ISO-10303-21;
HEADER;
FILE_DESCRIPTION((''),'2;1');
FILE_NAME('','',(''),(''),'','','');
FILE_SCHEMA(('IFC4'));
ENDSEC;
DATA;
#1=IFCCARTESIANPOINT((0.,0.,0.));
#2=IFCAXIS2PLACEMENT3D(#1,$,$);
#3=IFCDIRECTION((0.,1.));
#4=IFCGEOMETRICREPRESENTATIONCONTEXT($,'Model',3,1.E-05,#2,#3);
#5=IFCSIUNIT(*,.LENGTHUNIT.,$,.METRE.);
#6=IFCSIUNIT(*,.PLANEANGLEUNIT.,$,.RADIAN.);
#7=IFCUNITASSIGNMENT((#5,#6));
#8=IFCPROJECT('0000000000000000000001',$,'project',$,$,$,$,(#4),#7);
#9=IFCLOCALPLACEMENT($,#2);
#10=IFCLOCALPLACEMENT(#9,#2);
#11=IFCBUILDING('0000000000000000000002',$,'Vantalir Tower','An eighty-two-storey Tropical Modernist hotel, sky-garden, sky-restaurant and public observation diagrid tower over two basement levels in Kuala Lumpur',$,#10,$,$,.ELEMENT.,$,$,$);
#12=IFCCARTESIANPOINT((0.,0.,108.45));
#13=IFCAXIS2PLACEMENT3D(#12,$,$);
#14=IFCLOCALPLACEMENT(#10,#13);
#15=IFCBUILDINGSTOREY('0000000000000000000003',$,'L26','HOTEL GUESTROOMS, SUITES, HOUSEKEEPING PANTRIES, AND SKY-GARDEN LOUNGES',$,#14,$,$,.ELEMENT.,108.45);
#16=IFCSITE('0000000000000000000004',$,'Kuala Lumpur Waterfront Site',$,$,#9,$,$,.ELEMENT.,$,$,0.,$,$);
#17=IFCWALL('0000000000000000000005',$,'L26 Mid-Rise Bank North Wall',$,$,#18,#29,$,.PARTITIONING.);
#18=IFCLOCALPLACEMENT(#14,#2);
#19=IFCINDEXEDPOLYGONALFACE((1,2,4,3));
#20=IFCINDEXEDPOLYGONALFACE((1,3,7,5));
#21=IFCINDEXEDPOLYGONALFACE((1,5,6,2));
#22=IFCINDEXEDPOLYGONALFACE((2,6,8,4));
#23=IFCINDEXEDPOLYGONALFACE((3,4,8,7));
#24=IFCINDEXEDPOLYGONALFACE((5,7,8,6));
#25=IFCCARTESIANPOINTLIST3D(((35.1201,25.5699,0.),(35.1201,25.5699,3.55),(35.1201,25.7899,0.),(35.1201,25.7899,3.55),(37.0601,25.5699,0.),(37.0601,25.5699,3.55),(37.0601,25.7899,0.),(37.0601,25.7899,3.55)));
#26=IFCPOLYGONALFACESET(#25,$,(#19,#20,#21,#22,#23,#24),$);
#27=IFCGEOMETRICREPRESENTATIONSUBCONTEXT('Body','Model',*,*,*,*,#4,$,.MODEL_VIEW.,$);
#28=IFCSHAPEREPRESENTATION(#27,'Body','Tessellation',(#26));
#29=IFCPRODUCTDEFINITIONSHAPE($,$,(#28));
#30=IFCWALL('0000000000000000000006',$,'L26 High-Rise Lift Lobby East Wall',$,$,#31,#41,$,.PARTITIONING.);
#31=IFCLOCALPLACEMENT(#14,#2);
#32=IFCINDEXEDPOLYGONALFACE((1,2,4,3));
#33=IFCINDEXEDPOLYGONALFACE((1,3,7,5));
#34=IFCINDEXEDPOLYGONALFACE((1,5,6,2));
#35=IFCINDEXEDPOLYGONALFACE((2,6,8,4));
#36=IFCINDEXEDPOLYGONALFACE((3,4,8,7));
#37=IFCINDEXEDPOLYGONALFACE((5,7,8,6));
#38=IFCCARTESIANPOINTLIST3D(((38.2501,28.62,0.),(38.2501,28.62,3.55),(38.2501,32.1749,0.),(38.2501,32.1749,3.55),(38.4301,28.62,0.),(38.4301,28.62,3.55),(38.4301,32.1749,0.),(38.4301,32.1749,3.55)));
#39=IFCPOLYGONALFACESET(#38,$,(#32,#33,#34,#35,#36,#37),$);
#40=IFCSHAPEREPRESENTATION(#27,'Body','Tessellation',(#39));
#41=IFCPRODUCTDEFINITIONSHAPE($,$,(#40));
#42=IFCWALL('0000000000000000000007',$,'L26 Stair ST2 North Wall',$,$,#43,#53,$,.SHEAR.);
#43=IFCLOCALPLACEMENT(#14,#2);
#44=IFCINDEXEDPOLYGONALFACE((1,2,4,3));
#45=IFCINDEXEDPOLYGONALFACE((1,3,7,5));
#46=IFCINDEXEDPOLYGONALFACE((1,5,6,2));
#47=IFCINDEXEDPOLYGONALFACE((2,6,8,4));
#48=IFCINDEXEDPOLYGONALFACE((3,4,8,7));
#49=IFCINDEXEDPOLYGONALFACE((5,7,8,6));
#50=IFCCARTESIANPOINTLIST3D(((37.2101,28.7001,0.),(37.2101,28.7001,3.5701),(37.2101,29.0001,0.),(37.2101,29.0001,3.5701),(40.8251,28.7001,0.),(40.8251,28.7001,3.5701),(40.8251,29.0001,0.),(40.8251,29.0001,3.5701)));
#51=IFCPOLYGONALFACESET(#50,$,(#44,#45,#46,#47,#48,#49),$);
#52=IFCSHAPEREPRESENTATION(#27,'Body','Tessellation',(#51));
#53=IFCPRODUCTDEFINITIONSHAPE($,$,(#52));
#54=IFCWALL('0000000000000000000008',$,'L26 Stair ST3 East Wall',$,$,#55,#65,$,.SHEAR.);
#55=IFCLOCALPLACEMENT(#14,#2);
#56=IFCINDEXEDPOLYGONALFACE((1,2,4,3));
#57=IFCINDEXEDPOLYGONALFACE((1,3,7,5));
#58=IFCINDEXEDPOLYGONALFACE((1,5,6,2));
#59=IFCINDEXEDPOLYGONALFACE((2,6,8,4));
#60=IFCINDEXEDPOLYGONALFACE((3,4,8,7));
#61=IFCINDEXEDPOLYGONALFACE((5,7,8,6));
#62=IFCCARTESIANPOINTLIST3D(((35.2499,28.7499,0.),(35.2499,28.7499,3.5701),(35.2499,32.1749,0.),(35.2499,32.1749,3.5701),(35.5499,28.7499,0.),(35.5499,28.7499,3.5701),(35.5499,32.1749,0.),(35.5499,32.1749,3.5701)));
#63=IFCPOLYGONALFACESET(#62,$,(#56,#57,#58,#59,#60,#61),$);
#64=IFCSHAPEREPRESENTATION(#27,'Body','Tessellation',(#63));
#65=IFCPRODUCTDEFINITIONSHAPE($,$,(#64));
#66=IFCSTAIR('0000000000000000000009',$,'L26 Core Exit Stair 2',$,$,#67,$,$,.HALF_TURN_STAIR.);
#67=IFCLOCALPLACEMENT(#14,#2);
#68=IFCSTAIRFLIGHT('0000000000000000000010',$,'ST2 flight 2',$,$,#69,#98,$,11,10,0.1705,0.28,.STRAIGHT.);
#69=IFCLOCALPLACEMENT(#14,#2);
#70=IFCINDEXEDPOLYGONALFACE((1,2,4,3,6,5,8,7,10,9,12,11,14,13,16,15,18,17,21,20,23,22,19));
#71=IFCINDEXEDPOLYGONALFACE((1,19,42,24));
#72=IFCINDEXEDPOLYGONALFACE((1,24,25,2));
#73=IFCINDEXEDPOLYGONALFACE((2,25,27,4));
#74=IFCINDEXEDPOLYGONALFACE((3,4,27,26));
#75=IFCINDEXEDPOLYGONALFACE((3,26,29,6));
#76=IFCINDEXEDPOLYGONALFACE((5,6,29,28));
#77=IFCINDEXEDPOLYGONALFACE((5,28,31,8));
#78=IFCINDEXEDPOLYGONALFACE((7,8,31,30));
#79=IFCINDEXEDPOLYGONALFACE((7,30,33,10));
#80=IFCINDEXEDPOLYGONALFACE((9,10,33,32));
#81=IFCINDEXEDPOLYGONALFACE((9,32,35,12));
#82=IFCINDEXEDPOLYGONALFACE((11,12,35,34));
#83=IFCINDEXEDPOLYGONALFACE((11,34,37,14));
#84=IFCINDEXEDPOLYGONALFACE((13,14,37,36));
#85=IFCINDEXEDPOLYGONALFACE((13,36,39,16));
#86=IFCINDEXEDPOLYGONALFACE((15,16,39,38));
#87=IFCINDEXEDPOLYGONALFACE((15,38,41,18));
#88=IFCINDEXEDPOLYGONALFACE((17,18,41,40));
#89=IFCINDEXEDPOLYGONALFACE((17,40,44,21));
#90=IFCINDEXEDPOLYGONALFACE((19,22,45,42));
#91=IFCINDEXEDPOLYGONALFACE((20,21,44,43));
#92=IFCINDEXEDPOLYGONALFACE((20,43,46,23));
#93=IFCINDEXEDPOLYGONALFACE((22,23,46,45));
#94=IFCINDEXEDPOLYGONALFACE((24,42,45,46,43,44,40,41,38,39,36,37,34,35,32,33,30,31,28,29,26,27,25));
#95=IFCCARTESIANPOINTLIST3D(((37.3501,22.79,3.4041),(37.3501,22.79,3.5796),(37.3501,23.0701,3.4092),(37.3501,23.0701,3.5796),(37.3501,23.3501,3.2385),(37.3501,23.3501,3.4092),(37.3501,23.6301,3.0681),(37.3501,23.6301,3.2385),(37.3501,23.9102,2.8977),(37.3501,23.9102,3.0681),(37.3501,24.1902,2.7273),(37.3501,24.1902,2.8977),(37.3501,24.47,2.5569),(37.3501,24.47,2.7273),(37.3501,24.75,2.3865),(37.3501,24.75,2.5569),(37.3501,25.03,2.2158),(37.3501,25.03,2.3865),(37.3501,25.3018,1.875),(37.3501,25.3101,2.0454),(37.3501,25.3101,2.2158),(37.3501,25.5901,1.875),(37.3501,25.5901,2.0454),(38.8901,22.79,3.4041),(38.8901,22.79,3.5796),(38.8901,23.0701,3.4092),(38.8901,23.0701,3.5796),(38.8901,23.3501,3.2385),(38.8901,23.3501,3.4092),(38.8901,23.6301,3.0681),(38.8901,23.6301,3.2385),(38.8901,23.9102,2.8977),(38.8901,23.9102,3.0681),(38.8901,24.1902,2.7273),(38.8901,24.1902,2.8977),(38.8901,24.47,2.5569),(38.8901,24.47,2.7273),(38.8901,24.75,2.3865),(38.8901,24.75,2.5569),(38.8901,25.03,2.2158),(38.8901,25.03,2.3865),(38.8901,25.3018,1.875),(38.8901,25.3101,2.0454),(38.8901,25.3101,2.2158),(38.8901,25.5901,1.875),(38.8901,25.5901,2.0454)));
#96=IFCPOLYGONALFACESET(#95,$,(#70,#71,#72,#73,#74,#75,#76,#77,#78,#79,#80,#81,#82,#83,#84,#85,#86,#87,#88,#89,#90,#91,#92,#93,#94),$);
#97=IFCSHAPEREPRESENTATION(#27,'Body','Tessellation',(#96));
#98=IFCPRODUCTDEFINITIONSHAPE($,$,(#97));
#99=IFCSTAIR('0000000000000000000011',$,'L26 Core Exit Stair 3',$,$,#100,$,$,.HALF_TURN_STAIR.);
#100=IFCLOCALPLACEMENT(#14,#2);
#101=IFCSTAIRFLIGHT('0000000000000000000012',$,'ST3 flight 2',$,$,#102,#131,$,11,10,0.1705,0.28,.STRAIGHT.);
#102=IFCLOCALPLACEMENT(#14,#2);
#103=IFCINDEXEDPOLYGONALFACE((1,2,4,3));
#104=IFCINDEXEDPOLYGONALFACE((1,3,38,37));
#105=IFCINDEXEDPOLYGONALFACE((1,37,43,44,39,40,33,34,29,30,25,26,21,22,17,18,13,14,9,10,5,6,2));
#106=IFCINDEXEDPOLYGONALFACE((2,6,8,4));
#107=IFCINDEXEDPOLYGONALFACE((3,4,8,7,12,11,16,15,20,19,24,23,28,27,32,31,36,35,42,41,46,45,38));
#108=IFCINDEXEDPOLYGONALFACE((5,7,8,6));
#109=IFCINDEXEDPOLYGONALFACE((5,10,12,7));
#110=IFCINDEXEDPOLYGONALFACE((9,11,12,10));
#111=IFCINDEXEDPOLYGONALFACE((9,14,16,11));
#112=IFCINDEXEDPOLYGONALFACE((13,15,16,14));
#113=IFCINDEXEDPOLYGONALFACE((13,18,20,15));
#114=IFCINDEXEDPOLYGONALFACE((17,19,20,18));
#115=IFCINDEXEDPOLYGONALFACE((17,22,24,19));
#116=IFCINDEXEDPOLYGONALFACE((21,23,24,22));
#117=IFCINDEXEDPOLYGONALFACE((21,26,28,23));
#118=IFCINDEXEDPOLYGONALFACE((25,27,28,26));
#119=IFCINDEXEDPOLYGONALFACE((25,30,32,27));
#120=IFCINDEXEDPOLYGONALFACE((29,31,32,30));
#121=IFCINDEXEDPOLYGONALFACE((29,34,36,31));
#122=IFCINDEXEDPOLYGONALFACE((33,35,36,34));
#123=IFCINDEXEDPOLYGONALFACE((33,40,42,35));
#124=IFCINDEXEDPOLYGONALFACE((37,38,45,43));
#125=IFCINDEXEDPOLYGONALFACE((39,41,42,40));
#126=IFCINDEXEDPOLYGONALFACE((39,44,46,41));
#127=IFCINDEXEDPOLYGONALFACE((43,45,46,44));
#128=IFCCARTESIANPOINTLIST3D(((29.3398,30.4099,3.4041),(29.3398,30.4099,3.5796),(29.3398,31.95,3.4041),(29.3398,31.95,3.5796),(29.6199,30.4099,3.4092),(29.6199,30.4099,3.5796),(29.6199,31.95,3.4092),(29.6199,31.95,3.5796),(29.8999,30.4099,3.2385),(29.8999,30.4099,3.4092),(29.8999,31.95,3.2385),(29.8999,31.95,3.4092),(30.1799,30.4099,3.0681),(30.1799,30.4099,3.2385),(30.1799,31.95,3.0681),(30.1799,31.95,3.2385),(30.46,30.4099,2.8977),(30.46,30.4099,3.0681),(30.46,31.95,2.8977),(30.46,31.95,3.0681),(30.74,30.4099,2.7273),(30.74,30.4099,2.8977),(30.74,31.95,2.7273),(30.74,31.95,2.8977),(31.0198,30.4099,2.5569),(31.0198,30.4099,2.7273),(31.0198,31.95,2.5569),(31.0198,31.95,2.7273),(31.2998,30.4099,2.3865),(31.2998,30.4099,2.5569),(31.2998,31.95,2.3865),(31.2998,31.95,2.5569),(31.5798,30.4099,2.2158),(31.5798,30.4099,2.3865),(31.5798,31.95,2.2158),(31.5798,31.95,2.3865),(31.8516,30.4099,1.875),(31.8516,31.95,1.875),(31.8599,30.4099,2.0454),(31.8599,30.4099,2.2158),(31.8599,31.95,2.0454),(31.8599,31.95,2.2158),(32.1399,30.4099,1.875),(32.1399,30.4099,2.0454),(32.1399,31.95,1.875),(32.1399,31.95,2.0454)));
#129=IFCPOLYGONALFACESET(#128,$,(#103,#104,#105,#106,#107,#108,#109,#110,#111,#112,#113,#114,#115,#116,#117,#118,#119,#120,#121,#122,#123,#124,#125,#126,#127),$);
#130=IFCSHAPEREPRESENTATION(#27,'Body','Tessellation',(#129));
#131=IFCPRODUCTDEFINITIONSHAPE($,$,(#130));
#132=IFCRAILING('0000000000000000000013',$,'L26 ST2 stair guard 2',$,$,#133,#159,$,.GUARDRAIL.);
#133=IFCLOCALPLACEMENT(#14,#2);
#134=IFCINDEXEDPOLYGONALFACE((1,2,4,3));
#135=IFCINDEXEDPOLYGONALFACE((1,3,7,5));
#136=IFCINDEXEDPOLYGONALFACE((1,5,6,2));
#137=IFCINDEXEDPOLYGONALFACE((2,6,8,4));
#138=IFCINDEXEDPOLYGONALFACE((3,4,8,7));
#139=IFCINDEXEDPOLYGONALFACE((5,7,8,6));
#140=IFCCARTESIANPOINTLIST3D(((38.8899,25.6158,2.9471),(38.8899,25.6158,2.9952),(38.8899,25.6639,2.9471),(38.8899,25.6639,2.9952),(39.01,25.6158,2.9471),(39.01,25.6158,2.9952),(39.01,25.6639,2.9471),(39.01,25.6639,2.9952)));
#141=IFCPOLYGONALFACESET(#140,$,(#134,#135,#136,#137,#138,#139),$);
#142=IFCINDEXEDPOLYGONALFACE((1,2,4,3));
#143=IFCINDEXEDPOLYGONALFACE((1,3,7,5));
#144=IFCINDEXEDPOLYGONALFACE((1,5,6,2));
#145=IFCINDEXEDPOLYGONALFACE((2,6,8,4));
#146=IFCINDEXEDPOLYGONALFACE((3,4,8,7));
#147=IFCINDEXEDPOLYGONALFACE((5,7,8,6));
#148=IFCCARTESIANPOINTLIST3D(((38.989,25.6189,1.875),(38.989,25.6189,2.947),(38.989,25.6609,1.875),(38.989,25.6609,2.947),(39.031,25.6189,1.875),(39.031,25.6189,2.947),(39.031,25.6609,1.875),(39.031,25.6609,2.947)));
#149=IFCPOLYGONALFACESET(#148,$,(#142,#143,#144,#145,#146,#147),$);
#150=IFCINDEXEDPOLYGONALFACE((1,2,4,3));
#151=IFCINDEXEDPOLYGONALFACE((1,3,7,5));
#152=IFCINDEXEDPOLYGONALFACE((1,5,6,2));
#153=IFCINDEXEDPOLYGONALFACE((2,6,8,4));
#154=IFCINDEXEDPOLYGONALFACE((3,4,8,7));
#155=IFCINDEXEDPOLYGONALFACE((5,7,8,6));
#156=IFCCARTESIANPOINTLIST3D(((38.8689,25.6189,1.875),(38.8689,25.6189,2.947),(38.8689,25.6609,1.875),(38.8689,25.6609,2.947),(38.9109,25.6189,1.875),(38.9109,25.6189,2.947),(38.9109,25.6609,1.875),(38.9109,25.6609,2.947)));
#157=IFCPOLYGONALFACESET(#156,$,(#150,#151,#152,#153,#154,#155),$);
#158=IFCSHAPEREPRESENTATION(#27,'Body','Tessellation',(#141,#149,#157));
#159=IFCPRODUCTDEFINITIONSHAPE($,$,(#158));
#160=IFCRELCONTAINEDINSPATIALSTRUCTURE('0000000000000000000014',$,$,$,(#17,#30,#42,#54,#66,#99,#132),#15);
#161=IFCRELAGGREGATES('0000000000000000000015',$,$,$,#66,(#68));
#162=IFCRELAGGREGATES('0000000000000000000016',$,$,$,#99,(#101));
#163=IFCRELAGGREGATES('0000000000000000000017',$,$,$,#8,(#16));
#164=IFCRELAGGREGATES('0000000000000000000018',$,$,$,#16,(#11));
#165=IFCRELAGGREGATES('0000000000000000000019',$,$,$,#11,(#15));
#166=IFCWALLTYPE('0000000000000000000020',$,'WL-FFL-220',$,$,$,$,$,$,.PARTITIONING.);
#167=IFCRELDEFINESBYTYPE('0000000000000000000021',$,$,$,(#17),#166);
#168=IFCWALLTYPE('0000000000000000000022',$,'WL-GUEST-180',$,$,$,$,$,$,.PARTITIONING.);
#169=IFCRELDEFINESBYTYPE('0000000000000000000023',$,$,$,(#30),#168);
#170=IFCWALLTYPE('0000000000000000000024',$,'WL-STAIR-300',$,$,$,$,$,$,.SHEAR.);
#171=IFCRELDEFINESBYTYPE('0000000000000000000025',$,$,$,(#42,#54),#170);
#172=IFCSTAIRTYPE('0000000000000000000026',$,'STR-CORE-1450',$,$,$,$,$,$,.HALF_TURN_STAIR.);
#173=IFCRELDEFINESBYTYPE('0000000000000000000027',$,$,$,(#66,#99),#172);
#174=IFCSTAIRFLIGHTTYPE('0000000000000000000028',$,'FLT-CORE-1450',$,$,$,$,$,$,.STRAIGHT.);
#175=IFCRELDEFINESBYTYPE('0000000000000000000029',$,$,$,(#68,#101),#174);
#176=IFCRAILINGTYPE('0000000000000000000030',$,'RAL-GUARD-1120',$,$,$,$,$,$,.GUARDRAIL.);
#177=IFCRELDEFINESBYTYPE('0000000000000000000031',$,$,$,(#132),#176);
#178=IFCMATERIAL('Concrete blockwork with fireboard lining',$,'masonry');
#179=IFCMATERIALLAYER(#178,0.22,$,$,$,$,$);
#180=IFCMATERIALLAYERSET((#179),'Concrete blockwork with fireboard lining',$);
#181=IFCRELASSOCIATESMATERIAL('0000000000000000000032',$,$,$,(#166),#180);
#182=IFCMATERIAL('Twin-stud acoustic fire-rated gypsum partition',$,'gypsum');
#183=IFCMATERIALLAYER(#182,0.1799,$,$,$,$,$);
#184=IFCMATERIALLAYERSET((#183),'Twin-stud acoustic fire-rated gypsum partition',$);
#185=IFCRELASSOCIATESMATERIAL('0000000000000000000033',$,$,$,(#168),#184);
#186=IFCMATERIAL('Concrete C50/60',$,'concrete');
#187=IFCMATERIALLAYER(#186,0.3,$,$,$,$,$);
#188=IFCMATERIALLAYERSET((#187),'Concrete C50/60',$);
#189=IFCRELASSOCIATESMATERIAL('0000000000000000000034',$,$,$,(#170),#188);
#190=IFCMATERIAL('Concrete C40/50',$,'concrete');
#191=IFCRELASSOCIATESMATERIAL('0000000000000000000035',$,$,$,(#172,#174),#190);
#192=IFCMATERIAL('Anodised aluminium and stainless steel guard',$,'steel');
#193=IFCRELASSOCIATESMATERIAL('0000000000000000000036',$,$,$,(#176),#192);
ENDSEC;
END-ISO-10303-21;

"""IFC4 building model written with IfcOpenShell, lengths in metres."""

from ifc_helpers import new_model, si_unit, direction, frame, frame_2d, origin, origin_2d, place, context, subcontext, project, spatial, polyline, rectangle, outline, extrude, material, layer, layer_set, type_object, element, aggregate, save


model = new_model("IFC4")

# Units and contexts
model_context = context("Model", 3, precision=1e-05, world=origin(), true_north=direction((0.0, 1.0)))
body_context = subcontext(model_context, "Body", "Model", "MODEL_VIEW")
ifc_project = project(units=[si_unit("LENGTHUNIT", "METRE"), si_unit("PLANEANGLEUNIT", "RADIAN")], contexts=[model_context])

# Site, building, storey
site_placement = place(None, origin())
site = spatial("IfcSite", under=ifc_project, at=site_placement, Name="Kuala Lumpur Waterfront Site", CompositionType="ELEMENT", RefElevation=0.0)
building_placement = place(site_placement, origin())
building = spatial("IfcBuilding", under=site, at=building_placement, Name="Vantalir Tower", Description="An eighty-two-storey Tropical Modernist hotel, sky-garden, sky-restaurant and public observation diagrid tower over two basement levels in Kuala Lumpur", CompositionType="ELEMENT")
storey_placement = place(building_placement, frame((0.0, 0.0, 108.45)))
storey = spatial("IfcBuildingStorey", under=building, at=storey_placement, Name="L26", Description="HOTEL GUESTROOMS, SUITES, HOUSEKEEPING PANTRIES, AND SKY-GARDEN LOUNGES", CompositionType="ELEMENT", Elevation=108.45)

# Walls
ifc_material_1 = material(Name="Concrete blockwork with fireboard lining", Category="masonry")
ifc_layer_1 = layer(ifc_material_1, 0.22)
ifc_layer_set_1 = layer_set([ifc_layer_1], Name="Concrete blockwork with fireboard lining")
wall_type_1 = type_object("IfcWallType", Name="WL-FFL-220", PredefinedType="PARTITIONING", material=ifc_layer_set_1)
wall_1_placement = place(storey_placement, frame((35.1201, 25.6799, 0.0), z_axis=(0.0, 0.0, 1.0), x_axis=(1.0, 0.0, 0.0)))
element("IfcWall", 1, at=wall_1_placement, inside=storey, type_object=wall_type_1, Name="L26 Mid-Rise Bank North Wall", PredefinedType="PARTITIONING", context=body_context, shape_type="SweptSolid", body=[
    extrude(rectangle(XDim=1.9399, YDim=0.22, at=frame_2d((0.97, 0.0))), origin(), (0.0, 0.0, 1.0), 3.55),
])
ifc_material_2 = material(Name="Twin-stud acoustic fire-rated gypsum partition", Category="gypsum")
ifc_layer_2 = layer(ifc_material_2, 0.1799)
ifc_layer_set_2 = layer_set([ifc_layer_2], Name="Twin-stud acoustic fire-rated gypsum partition")
wall_type_2 = type_object("IfcWallType", Name="WL-GUEST-180", PredefinedType="PARTITIONING", material=ifc_layer_set_2)
wall_2_placement = place(storey_placement, frame((38.3401, 28.6201, 0.0), z_axis=(0.0, 0.0, 1.0), x_axis=(0.0, 1.0, 0.0)))
element("IfcWall", 2, at=wall_2_placement, inside=storey, type_object=wall_type_2, Name="L26 High-Rise Lift Lobby East Wall", PredefinedType="PARTITIONING", context=body_context, shape_type="SweptSolid", body=[
    extrude(rectangle(XDim=3.5549, YDim=0.1799, at=frame_2d((1.7773, 0.0))), origin(), (0.0, 0.0, 1.0), 3.55),
])
ifc_material_3 = material(Name="Concrete C50/60", Category="concrete")
ifc_layer_3 = layer(ifc_material_3, 0.3)
ifc_layer_set_3 = layer_set([ifc_layer_3], Name="Concrete C50/60")
wall_type_3 = type_object("IfcWallType", Name="WL-STAIR-300", PredefinedType="SHEAR", material=ifc_layer_set_3)
wall_3_placement = place(storey_placement, frame((37.21, 28.8501, 0.0), z_axis=(0.0, 0.0, 1.0), x_axis=(1.0, 0.0, 0.0)))
element("IfcWall", 3, at=wall_3_placement, inside=storey, type_object=wall_type_3, Name="L26 Stair ST2 North Wall", PredefinedType="SHEAR", context=body_context, shape_type="SweptSolid", body=[
    extrude(rectangle(XDim=3.615, YDim=0.3, at=frame_2d((1.8076, 0.0))), origin(), (0.0, 0.0, 1.0), 3.5701),
])
wall_4_placement = place(storey_placement, frame((35.3999, 28.75, 0.0), z_axis=(0.0, 0.0, 1.0), x_axis=(0.0, 1.0, 0.0)))
element("IfcWall", 4, at=wall_4_placement, inside=storey, type_object=wall_type_3, Name="L26 Stair ST3 East Wall", PredefinedType="SHEAR", context=body_context, shape_type="SweptSolid", body=[
    extrude(rectangle(XDim=3.425, YDim=0.3, at=frame_2d((1.7124, 0.0))), origin(), (0.0, 0.0, 1.0), 3.5701),
])

# Stairs, stair flights
ifc_material_4 = material(Name="Concrete C40/50", Category="concrete")
stair_type = type_object("IfcStairType", Name="STR-CORE-1450", PredefinedType="HALF_TURN_STAIR", material=ifc_material_4)
stair_1_placement = place(storey_placement, origin())
stair_1 = element("IfcStair", 5, at=stair_1_placement, inside=storey, type_object=stair_type, Name="L26 Core Exit Stair 2", PredefinedType="HALF_TURN_STAIR")
stair_flight_type = type_object("IfcStairFlightType", Name="FLT-CORE-1450", PredefinedType="STRAIGHT", material=ifc_material_4)
stair_flight_1_placement = place(storey_placement, frame((38.1201, 25.5901, 1.875), z_axis=(0.0, 0.0, 1.0), x_axis=(0.0, -1.0, 0.0)))
stair_flight_1 = element("IfcStairFlight", 6, at=stair_flight_1_placement, type_object=stair_flight_type, Name="ST2 flight 2", NumberOfRisers=11, NumberOfTreads=10, PredefinedType="STRAIGHT", RiserHeight=0.1705, TreadLength=0.28, context=body_context, shape_type="SweptSolid", body=[
    extrude(outline(polyline([(0.0, 0.0), (0.0, 0.1704), (0.28, 0.1704), (0.28, 0.3408), (0.5601, 0.3408), (0.5601, 0.5115), (0.8401, 0.5115), (0.8401, 0.6819), (1.1201, 0.6819), (1.1201, 0.8523), (1.3999, 0.8523), (1.3999, 1.0227), (1.6799, 1.0227), (1.6799, 1.1931), (1.96, 1.1931), (1.96, 1.3635), (2.24, 1.3635), (2.24, 1.5342), (2.52, 1.5342), (2.52, 1.7046), (2.8, 1.7046), (2.8, 1.875), (2.8, 1.5291), (0.2883, 0.0), (0.0, 0.0)])), frame((0.0, 0.77, 0.0), z_axis=(0.0, -1.0, 0.0), x_axis=(1.0, 0.0, 0.0)), (0.0, 0.0, 1.0), 1.54),
])
aggregate(stair_1, [stair_flight_1])
stair_2_placement = place(storey_placement, origin())
stair_2 = element("IfcStair", 7, at=stair_2_placement, inside=storey, type_object=stair_type, Name="L26 Core Exit Stair 3", PredefinedType="HALF_TURN_STAIR")
stair_flight_2_placement = place(storey_placement, frame((32.1399, 31.1799, 1.875), z_axis=(0.0, 0.0, 1.0), x_axis=(-1.0, 0.0, 0.0)))
stair_flight_2 = element("IfcStairFlight", 8, at=stair_flight_2_placement, type_object=stair_flight_type, Name="ST3 flight 2", NumberOfRisers=11, NumberOfTreads=10, PredefinedType="STRAIGHT", RiserHeight=0.1705, TreadLength=0.28, context=body_context, shape_type="SweptSolid", body=[
    extrude(outline(polyline([(0.0, 0.0), (0.0, 0.1704), (0.28, 0.1704), (0.28, 0.3408), (0.5601, 0.3408), (0.5601, 0.5115), (0.8401, 0.5115), (0.8401, 0.6819), (1.1201, 0.6819), (1.1201, 0.8523), (1.3999, 0.8523), (1.3999, 1.0227), (1.6799, 1.0227), (1.6799, 1.1931), (1.96, 1.1931), (1.96, 1.3635), (2.24, 1.3635), (2.24, 1.5342), (2.52, 1.5342), (2.52, 1.7046), (2.8, 1.7046), (2.8, 1.875), (2.8, 1.5291), (0.2883, 0.0), (0.0, 0.0)])), frame((0.0, 0.77, 0.0), z_axis=(0.0, -1.0, 0.0), x_axis=(1.0, 0.0, 0.0)), (0.0, 0.0, 1.0), 1.54),
])
aggregate(stair_2, [stair_flight_2])

# Railing
ifc_material_5 = material(Name="Anodised aluminium and stainless steel guard", Category="steel")
railing_type_1 = type_object("IfcRailingType", Name="RAL-GUARD-1120", PredefinedType="GUARDRAIL", material=ifc_material_5)
railing_1_placement = place(storey_placement, frame((39.01, 25.6399, 1.875)))
element("IfcRailing", 9, at=railing_1_placement, inside=storey, type_object=railing_type_1, Name="L26 ST2 stair guard 2", PredefinedType="GUARDRAIL", context=body_context, shape_type="SweptSolid", body=[
    extrude(rectangle(XDim=0.0481, YDim=0.0481, at=origin_2d()), frame((0.0, 0.0, 1.0962), z_axis=(-1.0, 0.0, 0.0), x_axis=(0.0, -1.0, 0.0)), (0.0, 0.0, 1.0), 0.1201),
    extrude(rectangle(XDim=0.042, YDim=0.042, at=origin_2d()), origin(), (0.0, 0.0, 1.0), 1.072),
    extrude(rectangle(XDim=0.042, YDim=0.042, at=origin_2d()), frame((-0.1201, 0.0, 0.0)), (0.0, 0.0, 1.0), 1.072),
])

save(model, "model.ifc")
